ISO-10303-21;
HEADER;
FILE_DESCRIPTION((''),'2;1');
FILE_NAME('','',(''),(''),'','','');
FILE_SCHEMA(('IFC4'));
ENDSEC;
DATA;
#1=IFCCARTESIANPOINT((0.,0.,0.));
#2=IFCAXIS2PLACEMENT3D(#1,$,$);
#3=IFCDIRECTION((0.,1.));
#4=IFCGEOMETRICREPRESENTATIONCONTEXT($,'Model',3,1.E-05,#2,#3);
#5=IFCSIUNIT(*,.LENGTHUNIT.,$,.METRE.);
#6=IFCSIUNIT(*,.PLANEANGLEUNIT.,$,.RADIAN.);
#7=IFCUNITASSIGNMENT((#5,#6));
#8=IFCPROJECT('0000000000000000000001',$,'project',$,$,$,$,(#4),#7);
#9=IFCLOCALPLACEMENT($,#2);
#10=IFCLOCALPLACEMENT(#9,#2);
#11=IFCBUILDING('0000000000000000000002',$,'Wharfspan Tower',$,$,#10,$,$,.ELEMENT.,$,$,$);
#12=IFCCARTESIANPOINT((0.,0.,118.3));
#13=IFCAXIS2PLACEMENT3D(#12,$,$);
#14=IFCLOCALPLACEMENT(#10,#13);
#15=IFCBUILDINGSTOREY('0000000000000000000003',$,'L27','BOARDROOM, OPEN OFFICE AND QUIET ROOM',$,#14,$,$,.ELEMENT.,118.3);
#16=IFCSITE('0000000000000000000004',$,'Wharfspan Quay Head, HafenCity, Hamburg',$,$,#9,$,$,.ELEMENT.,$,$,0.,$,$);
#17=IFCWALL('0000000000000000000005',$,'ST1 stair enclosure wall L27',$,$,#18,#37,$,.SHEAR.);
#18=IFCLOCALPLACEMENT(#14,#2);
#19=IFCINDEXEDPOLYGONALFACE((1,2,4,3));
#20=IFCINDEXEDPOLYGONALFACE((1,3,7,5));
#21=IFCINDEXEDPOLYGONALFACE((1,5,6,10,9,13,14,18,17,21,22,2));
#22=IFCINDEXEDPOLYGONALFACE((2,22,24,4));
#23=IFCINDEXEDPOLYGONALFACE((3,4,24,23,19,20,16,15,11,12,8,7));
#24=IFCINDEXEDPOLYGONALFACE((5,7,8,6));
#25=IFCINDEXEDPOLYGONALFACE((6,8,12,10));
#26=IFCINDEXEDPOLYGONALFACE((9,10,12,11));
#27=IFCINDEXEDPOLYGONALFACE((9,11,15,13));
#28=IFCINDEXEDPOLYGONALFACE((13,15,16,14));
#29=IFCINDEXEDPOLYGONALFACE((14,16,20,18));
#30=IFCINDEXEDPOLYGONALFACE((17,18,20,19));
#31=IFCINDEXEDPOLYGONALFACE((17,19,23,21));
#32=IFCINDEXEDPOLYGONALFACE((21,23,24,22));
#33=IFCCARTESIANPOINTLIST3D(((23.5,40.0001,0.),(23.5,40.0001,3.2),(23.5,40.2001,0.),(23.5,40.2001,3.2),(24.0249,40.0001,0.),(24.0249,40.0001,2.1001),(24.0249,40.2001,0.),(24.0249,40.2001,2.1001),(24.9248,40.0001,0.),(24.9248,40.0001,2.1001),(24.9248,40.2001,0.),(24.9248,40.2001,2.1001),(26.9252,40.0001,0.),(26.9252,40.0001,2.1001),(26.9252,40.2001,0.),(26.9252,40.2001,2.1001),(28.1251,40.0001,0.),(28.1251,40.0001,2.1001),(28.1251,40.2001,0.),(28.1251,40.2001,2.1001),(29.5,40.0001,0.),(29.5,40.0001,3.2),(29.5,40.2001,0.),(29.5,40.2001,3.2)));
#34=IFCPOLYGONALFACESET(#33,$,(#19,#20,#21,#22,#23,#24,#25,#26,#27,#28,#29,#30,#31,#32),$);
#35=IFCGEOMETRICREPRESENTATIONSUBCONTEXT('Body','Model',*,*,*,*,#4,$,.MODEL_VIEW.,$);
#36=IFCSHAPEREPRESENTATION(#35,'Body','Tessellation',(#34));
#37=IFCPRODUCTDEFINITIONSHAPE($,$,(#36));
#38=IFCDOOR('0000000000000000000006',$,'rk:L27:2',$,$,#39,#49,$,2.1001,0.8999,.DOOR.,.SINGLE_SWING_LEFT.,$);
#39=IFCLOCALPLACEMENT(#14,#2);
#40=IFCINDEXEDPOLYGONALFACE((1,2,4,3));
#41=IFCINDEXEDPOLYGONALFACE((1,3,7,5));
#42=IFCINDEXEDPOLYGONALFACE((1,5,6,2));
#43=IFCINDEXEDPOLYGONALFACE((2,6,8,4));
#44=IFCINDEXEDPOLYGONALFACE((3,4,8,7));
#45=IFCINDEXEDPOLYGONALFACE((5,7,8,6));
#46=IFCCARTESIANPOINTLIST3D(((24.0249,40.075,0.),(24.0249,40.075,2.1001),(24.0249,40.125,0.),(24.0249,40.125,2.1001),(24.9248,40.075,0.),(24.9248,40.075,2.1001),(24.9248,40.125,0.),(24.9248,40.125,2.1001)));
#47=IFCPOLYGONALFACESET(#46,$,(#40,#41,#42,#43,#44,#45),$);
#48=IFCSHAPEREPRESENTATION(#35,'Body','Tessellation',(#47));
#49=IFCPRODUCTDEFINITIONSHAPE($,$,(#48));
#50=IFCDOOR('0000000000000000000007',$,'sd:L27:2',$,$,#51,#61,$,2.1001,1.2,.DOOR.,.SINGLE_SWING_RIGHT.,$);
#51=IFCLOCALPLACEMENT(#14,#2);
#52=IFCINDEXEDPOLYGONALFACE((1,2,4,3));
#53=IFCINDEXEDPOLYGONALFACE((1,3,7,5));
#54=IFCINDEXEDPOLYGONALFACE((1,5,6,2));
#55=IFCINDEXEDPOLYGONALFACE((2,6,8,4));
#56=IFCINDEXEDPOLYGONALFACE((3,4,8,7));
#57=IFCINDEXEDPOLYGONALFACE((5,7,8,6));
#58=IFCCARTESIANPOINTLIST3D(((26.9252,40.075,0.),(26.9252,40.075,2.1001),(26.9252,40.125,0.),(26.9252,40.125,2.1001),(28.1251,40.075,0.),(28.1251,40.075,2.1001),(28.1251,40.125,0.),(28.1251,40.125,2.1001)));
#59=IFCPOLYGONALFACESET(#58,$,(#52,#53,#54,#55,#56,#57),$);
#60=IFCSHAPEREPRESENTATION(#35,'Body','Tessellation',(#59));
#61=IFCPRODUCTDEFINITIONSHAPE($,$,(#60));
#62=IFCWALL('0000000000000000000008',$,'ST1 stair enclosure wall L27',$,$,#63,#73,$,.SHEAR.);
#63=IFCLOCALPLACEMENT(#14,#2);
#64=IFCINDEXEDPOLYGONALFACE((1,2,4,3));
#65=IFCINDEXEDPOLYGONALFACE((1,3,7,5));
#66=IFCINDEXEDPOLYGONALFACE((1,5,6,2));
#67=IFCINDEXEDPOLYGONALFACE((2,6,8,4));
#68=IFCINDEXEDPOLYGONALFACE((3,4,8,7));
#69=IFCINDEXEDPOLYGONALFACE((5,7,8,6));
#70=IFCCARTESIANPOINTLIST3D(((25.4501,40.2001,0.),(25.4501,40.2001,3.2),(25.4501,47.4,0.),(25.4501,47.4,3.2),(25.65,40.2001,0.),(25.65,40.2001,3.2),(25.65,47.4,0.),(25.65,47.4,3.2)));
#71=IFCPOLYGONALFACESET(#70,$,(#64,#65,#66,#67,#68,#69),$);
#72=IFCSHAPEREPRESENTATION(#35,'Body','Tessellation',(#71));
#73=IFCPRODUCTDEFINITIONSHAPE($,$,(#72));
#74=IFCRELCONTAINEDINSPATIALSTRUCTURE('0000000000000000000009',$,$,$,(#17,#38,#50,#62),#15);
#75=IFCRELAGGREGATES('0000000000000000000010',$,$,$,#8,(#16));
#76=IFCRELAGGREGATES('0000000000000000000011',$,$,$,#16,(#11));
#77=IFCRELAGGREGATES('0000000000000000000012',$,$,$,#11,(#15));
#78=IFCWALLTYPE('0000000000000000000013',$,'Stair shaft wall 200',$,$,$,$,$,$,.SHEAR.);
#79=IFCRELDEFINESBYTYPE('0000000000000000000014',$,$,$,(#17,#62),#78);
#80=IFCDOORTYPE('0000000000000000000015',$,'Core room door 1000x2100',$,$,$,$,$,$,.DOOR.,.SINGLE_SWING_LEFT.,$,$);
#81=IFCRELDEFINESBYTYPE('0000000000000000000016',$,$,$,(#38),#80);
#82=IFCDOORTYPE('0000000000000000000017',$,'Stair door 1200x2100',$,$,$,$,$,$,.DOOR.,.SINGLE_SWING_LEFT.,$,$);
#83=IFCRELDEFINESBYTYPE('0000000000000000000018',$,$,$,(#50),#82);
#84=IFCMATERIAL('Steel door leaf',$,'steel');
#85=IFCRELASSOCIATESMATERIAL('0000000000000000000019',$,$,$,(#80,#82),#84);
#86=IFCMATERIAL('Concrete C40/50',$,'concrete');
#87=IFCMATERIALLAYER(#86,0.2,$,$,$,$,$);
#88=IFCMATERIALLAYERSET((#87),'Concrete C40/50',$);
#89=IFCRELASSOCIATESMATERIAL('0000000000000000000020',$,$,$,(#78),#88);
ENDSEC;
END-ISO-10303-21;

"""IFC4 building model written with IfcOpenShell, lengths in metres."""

from ifc_helpers import new_model, si_unit, direction, frame, frame_2d, origin, place, context, subcontext, project, spatial, rectangle, extrude, material, layer, layer_set, type_object, element, fill, save


model = new_model("IFC4")

# Units and contexts
model_context = context("Model", 3, precision=1e-05, world=origin(), true_north=direction((0.0, 1.0)))
body_context = subcontext(model_context, "Body", "Model", "MODEL_VIEW")
ifc_project = project(units=[si_unit("LENGTHUNIT", "METRE"), si_unit("PLANEANGLEUNIT", "RADIAN")], contexts=[model_context])

# Site, building, storey
site_placement = place(None, origin())
site = spatial("IfcSite", under=ifc_project, at=site_placement, Name="Wharfspan Quay Head, HafenCity, Hamburg", CompositionType="ELEMENT", RefElevation=0.0)
building_placement = place(site_placement, origin())
building = spatial("IfcBuilding", under=site, at=building_placement, Name="Wharfspan Tower", CompositionType="ELEMENT")
storey_placement = place(building_placement, frame((0.0, 0.0, 118.3)))
storey = spatial("IfcBuildingStorey", under=building, at=storey_placement, Name="L27", Description="BOARDROOM, OPEN OFFICE AND QUIET ROOM", CompositionType="ELEMENT", Elevation=118.3)

# Shared definitions
ifc_material_1 = material(Name="Steel door leaf", Category="steel")
door_type_1 = type_object("IfcDoorType", Name="Core room door 1000x2100", OperationType="SINGLE_SWING_LEFT", PredefinedType="DOOR", material=ifc_material_1)

# Wall, openings, doors
ifc_material_2 = material(Name="Concrete C40/50", Category="concrete")
ifc_layer_1 = layer(ifc_material_2, 0.2)
ifc_layer_set_1 = layer_set([ifc_layer_1], Name="Concrete C40/50")
wall_type_1 = type_object("IfcWallType", Name="Stair shaft wall 200", PredefinedType="SHEAR", material=ifc_layer_set_1)
wall_1_placement = place(storey_placement, frame((23.5, 40.1001, 0.0), z_axis=(0.0, 0.0, 1.0), x_axis=(1.0, 0.0, 0.0)))
wall_1 = element("IfcWall", 1, at=wall_1_placement, inside=storey, type_object=wall_type_1, Name="ST1 stair enclosure wall L27", PredefinedType="SHEAR", context=body_context, shape_type="SweptSolid", body=[
    extrude(rectangle(XDim=6.0, YDim=0.2, at=frame_2d((3.0, 0.0))), origin(), (0.0, 0.0, 1.0), 3.2),
])
opening_1_placement = place(wall_1_placement, frame((3.425, 0.0, 0.0)))
opening_1 = element("IfcOpeningElement", 2, at=opening_1_placement, cuts=wall_1, PredefinedType="OPENING", context=body_context, shape_type="SweptSolid", body=[
    extrude(rectangle(XDim=1.2, YDim=2.1001, at=frame_2d((0.6001, 1.05))), frame((0.0, 0.1099, 0.0), z_axis=(0.0, -1.0, 0.0), x_axis=(1.0, 0.0, 0.0)), (0.0, 0.0, 1.0), 0.22),
])
opening_2_placement = place(wall_1_placement, frame((0.5249, 0.0, 0.0)))
opening_2 = element("IfcOpeningElement", 3, at=opening_2_placement, cuts=wall_1, PredefinedType="OPENING", context=body_context, shape_type="SweptSolid", body=[
    extrude(rectangle(XDim=0.8999, YDim=2.1001, at=frame_2d((0.45, 1.05))), frame((0.0, 0.1099, 0.0), z_axis=(0.0, -1.0, 0.0), x_axis=(1.0, 0.0, 0.0)), (0.0, 0.0, 1.0), 0.22),
])
door_1_placement = place(opening_2_placement, origin())
door_1 = element("IfcDoor", 4, at=door_1_placement, inside=storey, type_object=door_type_1, Name="rk:L27:2", OperationType="SINGLE_SWING_LEFT", OverallHeight=2.1001, OverallWidth=0.8999, PredefinedType="DOOR", context=body_context, shape_type="SweptSolid", body=[
    extrude(rectangle(XDim=0.8999, YDim=2.1001, at=frame_2d((0.45, 1.05))), frame((0.0, 0.0249, 0.0), z_axis=(0.0, -1.0, 0.0), x_axis=(1.0, 0.0, 0.0)), (0.0, 0.0, 1.0), 0.05),
])
fill(opening_2, door_1)
door_type_2 = type_object("IfcDoorType", Name="Stair door 1200x2100", OperationType="SINGLE_SWING_LEFT", PredefinedType="DOOR", material=ifc_material_1)
door_2_placement = place(opening_1_placement, origin())
door_2 = element("IfcDoor", 5, at=door_2_placement, inside=storey, type_object=door_type_2, Name="sd:L27:2", OperationType="SINGLE_SWING_RIGHT", OverallHeight=2.1001, OverallWidth=1.2, PredefinedType="DOOR", context=body_context, shape_type="SweptSolid", body=[
    extrude(rectangle(XDim=1.2, YDim=2.1001, at=frame_2d((0.6001, 1.05))), frame((0.0, 0.0249, 0.0), z_axis=(0.0, -1.0, 0.0), x_axis=(1.0, 0.0, 0.0)), (0.0, 0.0, 1.0), 0.05),
])
fill(opening_1, door_2)

# Wall
wall_2_placement = place(storey_placement, frame((25.55, 40.2, 0.0), z_axis=(0.0, 0.0, 1.0), x_axis=(0.0, 1.0, 0.0)))
element("IfcWall", 6, at=wall_2_placement, inside=storey, type_object=wall_type_1, Name="ST1 stair enclosure wall L27", PredefinedType="SHEAR", context=body_context, shape_type="SweptSolid", body=[
    extrude(rectangle(XDim=7.2, YDim=0.2, at=frame_2d((3.6001, 0.0))), origin(), (0.0, 0.0, 1.0), 3.2),
])

save(model, "model.ifc")
